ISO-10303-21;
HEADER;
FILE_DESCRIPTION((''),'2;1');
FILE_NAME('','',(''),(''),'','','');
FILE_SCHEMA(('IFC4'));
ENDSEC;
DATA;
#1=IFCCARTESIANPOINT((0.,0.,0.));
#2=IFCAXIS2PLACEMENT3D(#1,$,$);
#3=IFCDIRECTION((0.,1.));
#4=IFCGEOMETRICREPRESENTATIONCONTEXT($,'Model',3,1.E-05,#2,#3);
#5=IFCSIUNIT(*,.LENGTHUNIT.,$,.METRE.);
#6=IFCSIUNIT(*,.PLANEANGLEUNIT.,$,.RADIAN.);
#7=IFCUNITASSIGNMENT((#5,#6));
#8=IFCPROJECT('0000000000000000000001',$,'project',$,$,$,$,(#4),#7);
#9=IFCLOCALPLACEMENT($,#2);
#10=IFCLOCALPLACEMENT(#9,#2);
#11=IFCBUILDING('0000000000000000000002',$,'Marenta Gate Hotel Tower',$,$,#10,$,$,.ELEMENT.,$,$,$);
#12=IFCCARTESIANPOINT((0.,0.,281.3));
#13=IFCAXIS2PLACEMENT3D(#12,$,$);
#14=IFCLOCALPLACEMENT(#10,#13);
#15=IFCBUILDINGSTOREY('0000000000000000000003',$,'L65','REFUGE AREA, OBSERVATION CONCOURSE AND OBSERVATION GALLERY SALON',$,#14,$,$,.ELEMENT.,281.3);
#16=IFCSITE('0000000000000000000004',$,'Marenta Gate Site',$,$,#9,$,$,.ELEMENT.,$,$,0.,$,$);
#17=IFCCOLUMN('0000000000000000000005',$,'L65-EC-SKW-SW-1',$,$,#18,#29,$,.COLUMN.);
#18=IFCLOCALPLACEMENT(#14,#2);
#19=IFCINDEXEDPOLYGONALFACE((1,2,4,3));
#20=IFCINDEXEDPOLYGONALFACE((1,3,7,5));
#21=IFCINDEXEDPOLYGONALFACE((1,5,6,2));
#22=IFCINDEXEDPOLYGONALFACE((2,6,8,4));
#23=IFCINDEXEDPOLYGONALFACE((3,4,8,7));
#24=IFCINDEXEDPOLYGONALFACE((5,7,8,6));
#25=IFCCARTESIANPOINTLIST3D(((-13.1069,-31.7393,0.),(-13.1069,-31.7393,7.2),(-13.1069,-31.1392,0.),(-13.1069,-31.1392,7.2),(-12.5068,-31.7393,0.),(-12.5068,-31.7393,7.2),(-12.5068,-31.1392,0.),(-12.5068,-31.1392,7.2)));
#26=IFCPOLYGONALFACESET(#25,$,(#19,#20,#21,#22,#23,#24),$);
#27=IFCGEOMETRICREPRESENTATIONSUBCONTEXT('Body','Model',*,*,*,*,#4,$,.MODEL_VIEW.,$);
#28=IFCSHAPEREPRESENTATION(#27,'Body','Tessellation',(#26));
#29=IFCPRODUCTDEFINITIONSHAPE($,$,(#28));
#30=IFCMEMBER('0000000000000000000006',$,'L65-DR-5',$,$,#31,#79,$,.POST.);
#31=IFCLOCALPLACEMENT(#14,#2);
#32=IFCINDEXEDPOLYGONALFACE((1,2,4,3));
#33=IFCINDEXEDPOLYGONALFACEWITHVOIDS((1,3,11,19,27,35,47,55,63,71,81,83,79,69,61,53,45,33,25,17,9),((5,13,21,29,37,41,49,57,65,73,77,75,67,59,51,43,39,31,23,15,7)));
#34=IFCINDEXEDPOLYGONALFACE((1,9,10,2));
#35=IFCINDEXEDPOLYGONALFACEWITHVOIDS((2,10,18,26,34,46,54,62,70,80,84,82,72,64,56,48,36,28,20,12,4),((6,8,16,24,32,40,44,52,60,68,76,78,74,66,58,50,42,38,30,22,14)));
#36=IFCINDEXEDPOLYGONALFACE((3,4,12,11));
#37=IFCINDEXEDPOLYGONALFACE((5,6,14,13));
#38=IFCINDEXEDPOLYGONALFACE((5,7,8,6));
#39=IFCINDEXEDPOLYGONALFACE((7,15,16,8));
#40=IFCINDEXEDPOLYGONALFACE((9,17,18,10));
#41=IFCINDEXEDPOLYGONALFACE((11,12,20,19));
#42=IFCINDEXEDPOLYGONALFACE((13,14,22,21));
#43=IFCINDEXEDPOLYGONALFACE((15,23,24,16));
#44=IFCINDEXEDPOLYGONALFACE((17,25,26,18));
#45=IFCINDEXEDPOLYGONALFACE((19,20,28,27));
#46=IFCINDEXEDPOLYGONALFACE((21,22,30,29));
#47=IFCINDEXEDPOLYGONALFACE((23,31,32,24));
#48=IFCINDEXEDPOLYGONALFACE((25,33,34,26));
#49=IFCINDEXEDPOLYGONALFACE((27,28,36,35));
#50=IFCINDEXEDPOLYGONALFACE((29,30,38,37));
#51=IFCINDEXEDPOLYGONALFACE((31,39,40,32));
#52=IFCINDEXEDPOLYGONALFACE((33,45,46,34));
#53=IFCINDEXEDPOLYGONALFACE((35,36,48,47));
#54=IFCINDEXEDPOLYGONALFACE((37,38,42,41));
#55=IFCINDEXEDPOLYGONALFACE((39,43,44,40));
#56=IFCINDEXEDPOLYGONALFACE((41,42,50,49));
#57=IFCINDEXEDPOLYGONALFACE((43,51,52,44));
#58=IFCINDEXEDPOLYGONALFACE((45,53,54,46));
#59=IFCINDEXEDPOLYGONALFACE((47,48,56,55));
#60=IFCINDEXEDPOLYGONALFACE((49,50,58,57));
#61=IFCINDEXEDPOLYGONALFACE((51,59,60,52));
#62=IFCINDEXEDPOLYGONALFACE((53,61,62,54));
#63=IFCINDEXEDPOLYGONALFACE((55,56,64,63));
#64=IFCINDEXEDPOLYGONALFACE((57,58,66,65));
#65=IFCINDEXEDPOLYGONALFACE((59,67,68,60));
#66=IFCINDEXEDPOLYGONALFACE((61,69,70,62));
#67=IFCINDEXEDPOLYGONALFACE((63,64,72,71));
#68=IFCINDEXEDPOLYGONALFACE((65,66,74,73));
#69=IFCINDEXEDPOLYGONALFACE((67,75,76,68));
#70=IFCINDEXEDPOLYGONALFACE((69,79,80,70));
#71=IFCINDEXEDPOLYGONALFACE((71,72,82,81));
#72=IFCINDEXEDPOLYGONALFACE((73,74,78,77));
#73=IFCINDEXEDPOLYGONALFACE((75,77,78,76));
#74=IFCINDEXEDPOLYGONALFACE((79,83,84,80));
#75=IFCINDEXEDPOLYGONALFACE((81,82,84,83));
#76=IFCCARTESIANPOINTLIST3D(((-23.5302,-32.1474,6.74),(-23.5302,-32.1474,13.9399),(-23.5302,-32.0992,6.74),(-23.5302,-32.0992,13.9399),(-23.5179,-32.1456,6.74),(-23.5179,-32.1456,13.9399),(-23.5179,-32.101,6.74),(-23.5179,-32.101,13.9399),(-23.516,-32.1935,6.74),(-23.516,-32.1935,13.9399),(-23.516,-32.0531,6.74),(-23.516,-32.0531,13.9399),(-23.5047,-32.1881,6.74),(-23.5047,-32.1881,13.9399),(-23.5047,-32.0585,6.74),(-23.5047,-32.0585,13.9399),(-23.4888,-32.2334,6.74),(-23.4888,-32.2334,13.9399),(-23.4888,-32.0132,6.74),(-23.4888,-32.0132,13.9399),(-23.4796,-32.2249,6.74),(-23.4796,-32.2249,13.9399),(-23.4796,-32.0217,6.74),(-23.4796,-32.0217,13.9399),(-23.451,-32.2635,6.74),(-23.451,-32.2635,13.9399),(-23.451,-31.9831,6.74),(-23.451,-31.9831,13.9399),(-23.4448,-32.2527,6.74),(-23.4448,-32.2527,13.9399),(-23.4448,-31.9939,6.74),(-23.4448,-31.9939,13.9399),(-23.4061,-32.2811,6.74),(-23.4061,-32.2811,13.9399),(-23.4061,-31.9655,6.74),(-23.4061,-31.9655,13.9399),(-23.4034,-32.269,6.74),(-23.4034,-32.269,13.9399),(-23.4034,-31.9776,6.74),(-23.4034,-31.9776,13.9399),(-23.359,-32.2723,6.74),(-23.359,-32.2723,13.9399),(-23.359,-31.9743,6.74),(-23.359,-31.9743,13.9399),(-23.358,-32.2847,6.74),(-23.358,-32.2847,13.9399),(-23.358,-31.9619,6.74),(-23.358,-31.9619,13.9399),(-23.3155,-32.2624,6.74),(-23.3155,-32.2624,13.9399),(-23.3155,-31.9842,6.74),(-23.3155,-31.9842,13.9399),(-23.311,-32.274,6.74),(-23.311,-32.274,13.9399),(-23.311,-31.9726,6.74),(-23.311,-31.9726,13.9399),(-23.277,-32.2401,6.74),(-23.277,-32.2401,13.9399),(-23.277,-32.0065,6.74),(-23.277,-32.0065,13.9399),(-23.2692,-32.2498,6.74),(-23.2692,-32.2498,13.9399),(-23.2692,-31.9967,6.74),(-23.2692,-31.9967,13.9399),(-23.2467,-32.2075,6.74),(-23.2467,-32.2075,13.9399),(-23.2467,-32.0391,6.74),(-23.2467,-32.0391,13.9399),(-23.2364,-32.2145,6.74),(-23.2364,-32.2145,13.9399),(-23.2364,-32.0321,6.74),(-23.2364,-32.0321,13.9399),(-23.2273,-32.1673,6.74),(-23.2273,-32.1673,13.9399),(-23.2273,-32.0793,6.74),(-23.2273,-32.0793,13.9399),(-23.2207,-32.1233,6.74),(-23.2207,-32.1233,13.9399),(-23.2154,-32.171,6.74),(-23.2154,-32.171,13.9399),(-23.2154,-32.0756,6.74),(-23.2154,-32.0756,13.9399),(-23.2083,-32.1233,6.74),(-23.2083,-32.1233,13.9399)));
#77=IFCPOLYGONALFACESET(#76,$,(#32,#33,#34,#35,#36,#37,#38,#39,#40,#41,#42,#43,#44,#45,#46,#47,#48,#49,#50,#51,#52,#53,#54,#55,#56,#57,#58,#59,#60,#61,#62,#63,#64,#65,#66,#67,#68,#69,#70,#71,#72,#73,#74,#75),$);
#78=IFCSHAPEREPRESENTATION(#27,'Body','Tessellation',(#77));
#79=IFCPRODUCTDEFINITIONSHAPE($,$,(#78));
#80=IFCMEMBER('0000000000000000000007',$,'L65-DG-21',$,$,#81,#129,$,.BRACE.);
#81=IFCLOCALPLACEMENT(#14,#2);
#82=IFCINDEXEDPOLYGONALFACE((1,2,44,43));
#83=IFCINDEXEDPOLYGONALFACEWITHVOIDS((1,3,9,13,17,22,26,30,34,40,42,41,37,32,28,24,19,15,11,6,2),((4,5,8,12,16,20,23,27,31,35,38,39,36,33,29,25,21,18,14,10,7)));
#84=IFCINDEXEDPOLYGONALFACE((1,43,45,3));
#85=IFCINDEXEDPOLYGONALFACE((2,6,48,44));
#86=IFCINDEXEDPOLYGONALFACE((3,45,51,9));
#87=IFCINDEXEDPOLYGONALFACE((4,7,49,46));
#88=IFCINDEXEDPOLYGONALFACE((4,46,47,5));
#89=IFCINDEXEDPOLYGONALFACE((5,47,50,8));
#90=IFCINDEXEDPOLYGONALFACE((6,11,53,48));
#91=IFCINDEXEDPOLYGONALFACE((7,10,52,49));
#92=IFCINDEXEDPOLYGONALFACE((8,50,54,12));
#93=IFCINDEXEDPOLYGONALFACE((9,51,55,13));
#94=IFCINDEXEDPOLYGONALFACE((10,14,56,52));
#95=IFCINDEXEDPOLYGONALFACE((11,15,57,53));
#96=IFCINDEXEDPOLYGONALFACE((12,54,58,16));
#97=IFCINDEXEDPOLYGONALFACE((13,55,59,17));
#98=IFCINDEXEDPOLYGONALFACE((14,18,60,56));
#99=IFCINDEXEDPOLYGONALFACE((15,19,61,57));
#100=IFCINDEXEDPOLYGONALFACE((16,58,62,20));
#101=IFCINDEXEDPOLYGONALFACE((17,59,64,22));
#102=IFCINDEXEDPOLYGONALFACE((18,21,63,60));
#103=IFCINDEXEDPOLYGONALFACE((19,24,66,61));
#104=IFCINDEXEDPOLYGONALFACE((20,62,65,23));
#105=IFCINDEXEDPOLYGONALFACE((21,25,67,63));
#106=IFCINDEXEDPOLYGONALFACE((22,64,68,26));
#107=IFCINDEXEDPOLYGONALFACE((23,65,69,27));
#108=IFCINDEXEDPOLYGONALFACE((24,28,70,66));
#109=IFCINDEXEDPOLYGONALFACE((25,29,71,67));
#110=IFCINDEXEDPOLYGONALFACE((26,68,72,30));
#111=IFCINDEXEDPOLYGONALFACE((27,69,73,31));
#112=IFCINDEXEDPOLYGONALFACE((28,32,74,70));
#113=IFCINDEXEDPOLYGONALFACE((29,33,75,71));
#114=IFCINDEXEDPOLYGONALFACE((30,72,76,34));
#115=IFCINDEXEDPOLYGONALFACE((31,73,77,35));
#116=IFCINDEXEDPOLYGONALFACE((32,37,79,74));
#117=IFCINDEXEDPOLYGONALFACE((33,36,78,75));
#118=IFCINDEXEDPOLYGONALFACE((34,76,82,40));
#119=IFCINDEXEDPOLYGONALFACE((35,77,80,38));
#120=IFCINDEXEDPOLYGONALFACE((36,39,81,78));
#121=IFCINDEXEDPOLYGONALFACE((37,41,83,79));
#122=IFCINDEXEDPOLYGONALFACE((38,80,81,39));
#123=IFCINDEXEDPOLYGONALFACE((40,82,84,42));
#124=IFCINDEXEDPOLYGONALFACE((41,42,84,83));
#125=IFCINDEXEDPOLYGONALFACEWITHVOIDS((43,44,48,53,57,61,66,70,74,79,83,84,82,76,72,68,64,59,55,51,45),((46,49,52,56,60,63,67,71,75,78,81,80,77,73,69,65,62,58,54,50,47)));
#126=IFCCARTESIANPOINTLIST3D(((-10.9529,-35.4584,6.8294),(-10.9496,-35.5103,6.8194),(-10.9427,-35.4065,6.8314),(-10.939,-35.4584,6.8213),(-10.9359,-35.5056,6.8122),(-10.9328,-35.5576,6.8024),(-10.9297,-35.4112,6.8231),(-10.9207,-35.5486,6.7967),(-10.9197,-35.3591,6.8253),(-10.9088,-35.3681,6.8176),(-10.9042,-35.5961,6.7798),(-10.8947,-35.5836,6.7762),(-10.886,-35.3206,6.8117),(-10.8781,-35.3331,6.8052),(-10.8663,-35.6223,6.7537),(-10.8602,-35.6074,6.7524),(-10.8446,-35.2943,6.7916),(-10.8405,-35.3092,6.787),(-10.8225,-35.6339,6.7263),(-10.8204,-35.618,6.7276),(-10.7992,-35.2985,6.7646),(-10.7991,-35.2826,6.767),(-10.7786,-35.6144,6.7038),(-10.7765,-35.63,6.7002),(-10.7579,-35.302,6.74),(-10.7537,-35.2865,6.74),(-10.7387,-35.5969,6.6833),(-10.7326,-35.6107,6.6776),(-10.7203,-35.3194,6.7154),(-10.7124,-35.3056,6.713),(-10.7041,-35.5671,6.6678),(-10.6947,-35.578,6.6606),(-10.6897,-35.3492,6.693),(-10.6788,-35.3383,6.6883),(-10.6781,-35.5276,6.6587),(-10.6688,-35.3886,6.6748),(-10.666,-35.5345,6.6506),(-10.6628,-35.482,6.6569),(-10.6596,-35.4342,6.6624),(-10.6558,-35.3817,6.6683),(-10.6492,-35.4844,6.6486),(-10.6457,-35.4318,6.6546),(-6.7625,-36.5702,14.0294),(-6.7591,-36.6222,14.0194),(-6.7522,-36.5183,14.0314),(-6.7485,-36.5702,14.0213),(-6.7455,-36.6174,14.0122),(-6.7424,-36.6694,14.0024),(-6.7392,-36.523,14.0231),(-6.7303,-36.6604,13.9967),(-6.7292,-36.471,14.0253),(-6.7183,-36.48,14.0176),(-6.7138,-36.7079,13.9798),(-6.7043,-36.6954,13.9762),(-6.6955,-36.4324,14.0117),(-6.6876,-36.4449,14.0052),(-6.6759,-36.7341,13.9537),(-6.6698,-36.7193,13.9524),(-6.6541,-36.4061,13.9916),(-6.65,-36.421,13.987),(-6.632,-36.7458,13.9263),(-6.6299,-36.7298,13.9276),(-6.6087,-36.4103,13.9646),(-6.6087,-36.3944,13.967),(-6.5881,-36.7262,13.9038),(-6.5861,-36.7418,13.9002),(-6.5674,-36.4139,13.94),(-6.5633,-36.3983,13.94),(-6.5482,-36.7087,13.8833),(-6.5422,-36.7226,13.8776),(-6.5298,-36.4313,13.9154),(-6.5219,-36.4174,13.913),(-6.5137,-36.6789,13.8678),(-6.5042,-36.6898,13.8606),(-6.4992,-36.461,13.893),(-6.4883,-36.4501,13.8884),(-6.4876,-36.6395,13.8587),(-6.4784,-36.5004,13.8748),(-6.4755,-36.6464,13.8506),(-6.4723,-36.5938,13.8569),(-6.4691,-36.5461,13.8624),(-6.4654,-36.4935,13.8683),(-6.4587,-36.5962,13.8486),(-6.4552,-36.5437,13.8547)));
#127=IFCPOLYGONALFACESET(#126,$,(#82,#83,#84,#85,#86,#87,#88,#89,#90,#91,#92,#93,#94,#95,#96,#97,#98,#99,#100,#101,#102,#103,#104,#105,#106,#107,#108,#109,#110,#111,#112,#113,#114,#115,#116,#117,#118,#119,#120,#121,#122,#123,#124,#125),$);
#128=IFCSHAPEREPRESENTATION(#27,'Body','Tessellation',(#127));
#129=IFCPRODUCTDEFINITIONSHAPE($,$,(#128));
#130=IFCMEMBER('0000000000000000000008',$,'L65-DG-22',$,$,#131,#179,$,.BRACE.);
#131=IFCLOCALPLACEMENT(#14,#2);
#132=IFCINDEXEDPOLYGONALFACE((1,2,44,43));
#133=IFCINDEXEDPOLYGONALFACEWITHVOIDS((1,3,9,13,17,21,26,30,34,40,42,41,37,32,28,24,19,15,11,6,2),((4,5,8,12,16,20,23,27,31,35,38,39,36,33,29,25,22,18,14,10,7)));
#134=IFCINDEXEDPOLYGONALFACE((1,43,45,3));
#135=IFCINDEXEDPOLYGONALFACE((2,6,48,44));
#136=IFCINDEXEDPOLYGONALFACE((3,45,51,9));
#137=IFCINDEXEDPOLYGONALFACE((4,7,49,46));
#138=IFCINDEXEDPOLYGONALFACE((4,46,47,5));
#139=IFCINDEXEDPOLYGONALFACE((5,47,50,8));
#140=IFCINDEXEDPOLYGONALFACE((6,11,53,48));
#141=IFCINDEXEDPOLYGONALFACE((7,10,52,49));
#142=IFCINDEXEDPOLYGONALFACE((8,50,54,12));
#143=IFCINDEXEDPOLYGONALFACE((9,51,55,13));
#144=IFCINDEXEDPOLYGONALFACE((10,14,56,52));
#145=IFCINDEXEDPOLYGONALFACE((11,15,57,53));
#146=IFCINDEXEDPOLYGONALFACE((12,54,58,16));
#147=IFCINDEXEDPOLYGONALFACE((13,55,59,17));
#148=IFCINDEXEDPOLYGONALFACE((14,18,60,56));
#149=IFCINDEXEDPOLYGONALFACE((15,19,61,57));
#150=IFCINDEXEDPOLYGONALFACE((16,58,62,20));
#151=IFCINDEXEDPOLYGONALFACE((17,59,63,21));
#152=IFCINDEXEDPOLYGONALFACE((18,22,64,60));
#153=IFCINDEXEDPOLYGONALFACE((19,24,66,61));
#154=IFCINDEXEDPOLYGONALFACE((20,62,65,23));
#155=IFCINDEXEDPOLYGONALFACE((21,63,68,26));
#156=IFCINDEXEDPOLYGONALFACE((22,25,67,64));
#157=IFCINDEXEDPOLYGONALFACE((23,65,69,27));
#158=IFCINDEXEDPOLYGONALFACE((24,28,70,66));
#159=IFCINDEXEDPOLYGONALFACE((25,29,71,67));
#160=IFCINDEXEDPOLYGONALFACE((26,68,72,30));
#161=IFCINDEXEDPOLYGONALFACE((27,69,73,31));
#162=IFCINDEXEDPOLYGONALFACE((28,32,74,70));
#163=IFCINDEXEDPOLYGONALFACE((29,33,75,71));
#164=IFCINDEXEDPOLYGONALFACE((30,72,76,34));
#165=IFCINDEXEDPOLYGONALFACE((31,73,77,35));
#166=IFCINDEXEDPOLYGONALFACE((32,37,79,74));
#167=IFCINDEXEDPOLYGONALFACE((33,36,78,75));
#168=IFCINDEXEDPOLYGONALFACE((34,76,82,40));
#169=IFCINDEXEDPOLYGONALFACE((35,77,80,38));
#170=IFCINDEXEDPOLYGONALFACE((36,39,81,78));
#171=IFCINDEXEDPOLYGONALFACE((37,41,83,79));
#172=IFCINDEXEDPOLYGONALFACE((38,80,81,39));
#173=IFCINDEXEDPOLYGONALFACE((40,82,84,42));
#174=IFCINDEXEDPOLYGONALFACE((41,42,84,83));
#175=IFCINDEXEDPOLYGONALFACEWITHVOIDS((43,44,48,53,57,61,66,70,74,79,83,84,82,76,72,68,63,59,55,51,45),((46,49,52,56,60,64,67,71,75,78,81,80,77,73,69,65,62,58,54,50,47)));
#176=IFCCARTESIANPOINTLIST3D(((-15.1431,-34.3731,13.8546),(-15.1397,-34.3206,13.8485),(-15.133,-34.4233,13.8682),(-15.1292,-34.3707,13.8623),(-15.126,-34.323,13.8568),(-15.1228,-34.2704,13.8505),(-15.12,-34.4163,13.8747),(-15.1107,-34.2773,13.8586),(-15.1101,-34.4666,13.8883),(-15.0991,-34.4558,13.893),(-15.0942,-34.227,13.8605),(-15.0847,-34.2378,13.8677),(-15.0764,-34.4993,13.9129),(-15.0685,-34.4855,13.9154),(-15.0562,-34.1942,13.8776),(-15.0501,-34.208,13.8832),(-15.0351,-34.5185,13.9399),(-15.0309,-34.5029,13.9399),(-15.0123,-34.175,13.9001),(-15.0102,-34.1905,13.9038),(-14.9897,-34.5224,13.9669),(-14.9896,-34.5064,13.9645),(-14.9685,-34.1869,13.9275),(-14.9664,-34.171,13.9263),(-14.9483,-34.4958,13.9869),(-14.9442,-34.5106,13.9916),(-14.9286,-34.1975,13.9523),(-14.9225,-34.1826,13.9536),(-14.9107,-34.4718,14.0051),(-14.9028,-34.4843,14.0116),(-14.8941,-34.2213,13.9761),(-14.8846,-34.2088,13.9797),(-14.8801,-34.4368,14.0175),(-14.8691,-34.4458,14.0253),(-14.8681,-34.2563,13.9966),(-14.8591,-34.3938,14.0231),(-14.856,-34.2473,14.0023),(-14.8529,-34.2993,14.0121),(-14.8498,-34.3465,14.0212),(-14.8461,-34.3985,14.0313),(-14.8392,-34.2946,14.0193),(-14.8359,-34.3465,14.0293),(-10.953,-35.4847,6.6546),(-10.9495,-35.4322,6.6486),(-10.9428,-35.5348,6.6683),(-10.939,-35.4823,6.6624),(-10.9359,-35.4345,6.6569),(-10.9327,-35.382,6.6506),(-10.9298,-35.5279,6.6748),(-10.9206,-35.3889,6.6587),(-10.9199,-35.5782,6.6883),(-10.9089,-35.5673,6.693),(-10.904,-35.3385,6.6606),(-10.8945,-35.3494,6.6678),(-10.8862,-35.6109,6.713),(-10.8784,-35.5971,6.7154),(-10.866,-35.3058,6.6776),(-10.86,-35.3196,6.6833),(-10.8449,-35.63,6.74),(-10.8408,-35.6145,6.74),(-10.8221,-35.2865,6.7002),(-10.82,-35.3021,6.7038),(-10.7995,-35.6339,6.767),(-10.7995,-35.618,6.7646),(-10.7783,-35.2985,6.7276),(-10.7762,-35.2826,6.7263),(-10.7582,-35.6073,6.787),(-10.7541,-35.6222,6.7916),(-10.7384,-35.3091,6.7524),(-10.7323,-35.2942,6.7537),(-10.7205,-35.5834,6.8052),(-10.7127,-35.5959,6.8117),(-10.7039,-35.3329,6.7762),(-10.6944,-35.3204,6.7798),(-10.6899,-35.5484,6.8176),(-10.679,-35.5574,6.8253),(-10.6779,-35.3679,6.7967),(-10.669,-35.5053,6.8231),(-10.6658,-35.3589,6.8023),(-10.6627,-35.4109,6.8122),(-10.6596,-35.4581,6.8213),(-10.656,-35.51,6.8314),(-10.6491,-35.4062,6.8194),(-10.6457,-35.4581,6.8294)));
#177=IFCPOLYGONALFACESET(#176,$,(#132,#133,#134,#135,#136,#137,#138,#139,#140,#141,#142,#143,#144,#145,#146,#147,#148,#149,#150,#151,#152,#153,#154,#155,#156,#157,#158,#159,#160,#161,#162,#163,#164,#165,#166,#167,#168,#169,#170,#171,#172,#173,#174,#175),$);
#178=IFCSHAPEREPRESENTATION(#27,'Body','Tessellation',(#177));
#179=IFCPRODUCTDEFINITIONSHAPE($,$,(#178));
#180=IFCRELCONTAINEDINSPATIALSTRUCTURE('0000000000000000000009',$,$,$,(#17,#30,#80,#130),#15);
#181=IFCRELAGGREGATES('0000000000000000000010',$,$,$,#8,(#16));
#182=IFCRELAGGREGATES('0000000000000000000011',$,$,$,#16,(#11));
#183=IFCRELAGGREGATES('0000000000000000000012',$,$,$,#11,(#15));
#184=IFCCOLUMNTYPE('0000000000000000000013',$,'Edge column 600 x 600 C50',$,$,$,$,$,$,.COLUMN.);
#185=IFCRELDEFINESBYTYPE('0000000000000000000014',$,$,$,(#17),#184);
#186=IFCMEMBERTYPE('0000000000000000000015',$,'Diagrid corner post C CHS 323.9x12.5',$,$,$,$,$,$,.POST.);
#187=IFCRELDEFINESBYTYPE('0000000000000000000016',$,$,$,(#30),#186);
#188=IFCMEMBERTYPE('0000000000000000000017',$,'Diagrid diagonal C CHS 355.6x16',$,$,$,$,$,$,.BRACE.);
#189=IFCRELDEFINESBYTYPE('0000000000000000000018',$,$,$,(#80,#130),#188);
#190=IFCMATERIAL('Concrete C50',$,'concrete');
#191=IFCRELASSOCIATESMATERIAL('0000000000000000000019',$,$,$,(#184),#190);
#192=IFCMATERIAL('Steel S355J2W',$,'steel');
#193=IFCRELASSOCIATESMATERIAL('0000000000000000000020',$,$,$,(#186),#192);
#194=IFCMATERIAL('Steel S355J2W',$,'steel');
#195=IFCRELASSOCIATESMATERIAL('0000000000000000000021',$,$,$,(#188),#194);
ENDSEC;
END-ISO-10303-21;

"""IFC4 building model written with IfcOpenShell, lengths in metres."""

from ifc_helpers import new_model, si_unit, direction, frame, origin, origin_2d, place, context, subcontext, project, spatial, rectangle, hollow_circle, extrude, material, material_profile, profile_set, type_object, element, save


model = new_model("IFC4")

# Units and contexts
model_context = context("Model", 3, precision=1e-05, world=origin(), true_north=direction((0.0, 1.0)))
body_context = subcontext(model_context, "Body", "Model", "MODEL_VIEW")
ifc_project = project(units=[si_unit("LENGTHUNIT", "METRE"), si_unit("PLANEANGLEUNIT", "RADIAN")], contexts=[model_context])

# Site, building, storey
site_placement = place(None, origin())
site = spatial("IfcSite", under=ifc_project, at=site_placement, Name="Marenta Gate Site", CompositionType="ELEMENT", RefElevation=0.0)
building_placement = place(site_placement, origin())
building = spatial("IfcBuilding", under=site, at=building_placement, Name="Marenta Gate Hotel Tower", CompositionType="ELEMENT")
storey_placement = place(building_placement, frame((0.0, 0.0, 281.3)))
storey = spatial("IfcBuildingStorey", under=building, at=storey_placement, Name="L65", Description="REFUGE AREA, OBSERVATION CONCOURSE AND OBSERVATION GALLERY SALON", CompositionType="ELEMENT", Elevation=281.3)

# Column
ifc_material_1 = material(Name="Concrete C50", Category="concrete")
ifc_material_profile_1 = material_profile(ifc_material_1, rectangle(XDim=0.6001, YDim=0.6001, at=origin_2d()), Name="600 x 600")
ifc_profile_set_1 = profile_set([ifc_material_profile_1], Name="Concrete C50")
column_type = type_object("IfcColumnType", Name="Edge column 600 x 600 C50", PredefinedType="COLUMN", material=ifc_profile_set_1)
column_placement = place(storey_placement, frame((-12.8069, -31.4392, 0.0), z_axis=(0.0, 0.0, 1.0), x_axis=(1.0, 0.0, 0.0)))
element("IfcColumn", 1, at=column_placement, inside=storey, type_object=column_type, Name="L65-EC-SKW-SW-1", PredefinedType="COLUMN", context=body_context, shape_type="SweptSolid", body=[
    extrude(rectangle(XDim=0.6001, YDim=0.6001, at=origin_2d()), origin(), (0.0, 0.0, 1.0), 7.2),
])

# Members
ifc_material_2 = material(Name="Steel S355J2W", Category="steel")
ifc_material_profile_2 = material_profile(ifc_material_2, hollow_circle(Radius=0.1619, WallThickness=0.0125, at=origin_2d()), Name="CHS 323.9x12.5")
ifc_profile_set_2 = profile_set([ifc_material_profile_2], Name="Steel S355J2W")
member_type_1 = type_object("IfcMemberType", Name="Diagrid corner post C CHS 323.9x12.5", PredefinedType="POST", material=ifc_profile_set_2)
member_1_placement = place(storey_placement, frame((-23.3701, -32.1233, 6.74), z_axis=(0.0, 0.0, 1.0), x_axis=(1.0, 0.0, 0.0)))
element("IfcMember", 2, at=member_1_placement, inside=storey, type_object=member_type_1, Name="L65-DR-5", PredefinedType="POST", context=body_context, shape_type="SweptSolid", body=[
    extrude(hollow_circle(Radius=0.1619, WallThickness=0.0125, at=origin_2d()), origin(), (0.0, 0.0, 1.0), 7.2),
])
ifc_material_3 = material(Name="Steel S355J2W", Category="steel")
ifc_material_profile_3 = material_profile(ifc_material_3, hollow_circle(Radius=0.1777, WallThickness=0.0161, at=origin_2d()), Name="CHS 355.6x16")
ifc_profile_set_3 = profile_set([ifc_material_profile_3], Name="Steel S355J2W")
member_type_2 = type_object("IfcMemberType", Name="Diagrid diagonal C CHS 355.6x16", PredefinedType="BRACE", material=ifc_profile_set_3)
member_2_placement = place(storey_placement, frame((-10.7993, -35.4583, 6.74), z_axis=(0.498595, -0.132289, 0.856681), x_axis=(0.25645, 0.966558, 0.0)))
element("IfcMember", 3, at=member_2_placement, inside=storey, type_object=member_type_2, Name="L65-DG-21", PredefinedType="BRACE", context=body_context, shape_type="SweptSolid", body=[
    extrude(hollow_circle(Radius=0.1777, WallThickness=0.0161, at=origin_2d()), origin(), (0.0, 0.0, 1.0), 8.4045),
])
for number, where, z_axis, x_axis, name in (
    (4, (-10.7993, -35.4583, 6.74), (-0.498575, 0.132262, 0.856697), (-0.256411, -0.966568, 0.0), "L65-DG-22"),
):
    element("IfcMember", number, at=place(storey_placement, frame(where, z_axis=z_axis, x_axis=x_axis)), inside=storey, type_object=member_type_2, Name=name, PredefinedType="BRACE", context=body_context, shape_type="SweptSolid", body=[
        extrude(hollow_circle(Radius=0.1777, WallThickness=0.0161, at=origin_2d()), origin(), (0.0, 0.0, 1.0), 8.4043),
    ])

save(model, "model.ifc")
